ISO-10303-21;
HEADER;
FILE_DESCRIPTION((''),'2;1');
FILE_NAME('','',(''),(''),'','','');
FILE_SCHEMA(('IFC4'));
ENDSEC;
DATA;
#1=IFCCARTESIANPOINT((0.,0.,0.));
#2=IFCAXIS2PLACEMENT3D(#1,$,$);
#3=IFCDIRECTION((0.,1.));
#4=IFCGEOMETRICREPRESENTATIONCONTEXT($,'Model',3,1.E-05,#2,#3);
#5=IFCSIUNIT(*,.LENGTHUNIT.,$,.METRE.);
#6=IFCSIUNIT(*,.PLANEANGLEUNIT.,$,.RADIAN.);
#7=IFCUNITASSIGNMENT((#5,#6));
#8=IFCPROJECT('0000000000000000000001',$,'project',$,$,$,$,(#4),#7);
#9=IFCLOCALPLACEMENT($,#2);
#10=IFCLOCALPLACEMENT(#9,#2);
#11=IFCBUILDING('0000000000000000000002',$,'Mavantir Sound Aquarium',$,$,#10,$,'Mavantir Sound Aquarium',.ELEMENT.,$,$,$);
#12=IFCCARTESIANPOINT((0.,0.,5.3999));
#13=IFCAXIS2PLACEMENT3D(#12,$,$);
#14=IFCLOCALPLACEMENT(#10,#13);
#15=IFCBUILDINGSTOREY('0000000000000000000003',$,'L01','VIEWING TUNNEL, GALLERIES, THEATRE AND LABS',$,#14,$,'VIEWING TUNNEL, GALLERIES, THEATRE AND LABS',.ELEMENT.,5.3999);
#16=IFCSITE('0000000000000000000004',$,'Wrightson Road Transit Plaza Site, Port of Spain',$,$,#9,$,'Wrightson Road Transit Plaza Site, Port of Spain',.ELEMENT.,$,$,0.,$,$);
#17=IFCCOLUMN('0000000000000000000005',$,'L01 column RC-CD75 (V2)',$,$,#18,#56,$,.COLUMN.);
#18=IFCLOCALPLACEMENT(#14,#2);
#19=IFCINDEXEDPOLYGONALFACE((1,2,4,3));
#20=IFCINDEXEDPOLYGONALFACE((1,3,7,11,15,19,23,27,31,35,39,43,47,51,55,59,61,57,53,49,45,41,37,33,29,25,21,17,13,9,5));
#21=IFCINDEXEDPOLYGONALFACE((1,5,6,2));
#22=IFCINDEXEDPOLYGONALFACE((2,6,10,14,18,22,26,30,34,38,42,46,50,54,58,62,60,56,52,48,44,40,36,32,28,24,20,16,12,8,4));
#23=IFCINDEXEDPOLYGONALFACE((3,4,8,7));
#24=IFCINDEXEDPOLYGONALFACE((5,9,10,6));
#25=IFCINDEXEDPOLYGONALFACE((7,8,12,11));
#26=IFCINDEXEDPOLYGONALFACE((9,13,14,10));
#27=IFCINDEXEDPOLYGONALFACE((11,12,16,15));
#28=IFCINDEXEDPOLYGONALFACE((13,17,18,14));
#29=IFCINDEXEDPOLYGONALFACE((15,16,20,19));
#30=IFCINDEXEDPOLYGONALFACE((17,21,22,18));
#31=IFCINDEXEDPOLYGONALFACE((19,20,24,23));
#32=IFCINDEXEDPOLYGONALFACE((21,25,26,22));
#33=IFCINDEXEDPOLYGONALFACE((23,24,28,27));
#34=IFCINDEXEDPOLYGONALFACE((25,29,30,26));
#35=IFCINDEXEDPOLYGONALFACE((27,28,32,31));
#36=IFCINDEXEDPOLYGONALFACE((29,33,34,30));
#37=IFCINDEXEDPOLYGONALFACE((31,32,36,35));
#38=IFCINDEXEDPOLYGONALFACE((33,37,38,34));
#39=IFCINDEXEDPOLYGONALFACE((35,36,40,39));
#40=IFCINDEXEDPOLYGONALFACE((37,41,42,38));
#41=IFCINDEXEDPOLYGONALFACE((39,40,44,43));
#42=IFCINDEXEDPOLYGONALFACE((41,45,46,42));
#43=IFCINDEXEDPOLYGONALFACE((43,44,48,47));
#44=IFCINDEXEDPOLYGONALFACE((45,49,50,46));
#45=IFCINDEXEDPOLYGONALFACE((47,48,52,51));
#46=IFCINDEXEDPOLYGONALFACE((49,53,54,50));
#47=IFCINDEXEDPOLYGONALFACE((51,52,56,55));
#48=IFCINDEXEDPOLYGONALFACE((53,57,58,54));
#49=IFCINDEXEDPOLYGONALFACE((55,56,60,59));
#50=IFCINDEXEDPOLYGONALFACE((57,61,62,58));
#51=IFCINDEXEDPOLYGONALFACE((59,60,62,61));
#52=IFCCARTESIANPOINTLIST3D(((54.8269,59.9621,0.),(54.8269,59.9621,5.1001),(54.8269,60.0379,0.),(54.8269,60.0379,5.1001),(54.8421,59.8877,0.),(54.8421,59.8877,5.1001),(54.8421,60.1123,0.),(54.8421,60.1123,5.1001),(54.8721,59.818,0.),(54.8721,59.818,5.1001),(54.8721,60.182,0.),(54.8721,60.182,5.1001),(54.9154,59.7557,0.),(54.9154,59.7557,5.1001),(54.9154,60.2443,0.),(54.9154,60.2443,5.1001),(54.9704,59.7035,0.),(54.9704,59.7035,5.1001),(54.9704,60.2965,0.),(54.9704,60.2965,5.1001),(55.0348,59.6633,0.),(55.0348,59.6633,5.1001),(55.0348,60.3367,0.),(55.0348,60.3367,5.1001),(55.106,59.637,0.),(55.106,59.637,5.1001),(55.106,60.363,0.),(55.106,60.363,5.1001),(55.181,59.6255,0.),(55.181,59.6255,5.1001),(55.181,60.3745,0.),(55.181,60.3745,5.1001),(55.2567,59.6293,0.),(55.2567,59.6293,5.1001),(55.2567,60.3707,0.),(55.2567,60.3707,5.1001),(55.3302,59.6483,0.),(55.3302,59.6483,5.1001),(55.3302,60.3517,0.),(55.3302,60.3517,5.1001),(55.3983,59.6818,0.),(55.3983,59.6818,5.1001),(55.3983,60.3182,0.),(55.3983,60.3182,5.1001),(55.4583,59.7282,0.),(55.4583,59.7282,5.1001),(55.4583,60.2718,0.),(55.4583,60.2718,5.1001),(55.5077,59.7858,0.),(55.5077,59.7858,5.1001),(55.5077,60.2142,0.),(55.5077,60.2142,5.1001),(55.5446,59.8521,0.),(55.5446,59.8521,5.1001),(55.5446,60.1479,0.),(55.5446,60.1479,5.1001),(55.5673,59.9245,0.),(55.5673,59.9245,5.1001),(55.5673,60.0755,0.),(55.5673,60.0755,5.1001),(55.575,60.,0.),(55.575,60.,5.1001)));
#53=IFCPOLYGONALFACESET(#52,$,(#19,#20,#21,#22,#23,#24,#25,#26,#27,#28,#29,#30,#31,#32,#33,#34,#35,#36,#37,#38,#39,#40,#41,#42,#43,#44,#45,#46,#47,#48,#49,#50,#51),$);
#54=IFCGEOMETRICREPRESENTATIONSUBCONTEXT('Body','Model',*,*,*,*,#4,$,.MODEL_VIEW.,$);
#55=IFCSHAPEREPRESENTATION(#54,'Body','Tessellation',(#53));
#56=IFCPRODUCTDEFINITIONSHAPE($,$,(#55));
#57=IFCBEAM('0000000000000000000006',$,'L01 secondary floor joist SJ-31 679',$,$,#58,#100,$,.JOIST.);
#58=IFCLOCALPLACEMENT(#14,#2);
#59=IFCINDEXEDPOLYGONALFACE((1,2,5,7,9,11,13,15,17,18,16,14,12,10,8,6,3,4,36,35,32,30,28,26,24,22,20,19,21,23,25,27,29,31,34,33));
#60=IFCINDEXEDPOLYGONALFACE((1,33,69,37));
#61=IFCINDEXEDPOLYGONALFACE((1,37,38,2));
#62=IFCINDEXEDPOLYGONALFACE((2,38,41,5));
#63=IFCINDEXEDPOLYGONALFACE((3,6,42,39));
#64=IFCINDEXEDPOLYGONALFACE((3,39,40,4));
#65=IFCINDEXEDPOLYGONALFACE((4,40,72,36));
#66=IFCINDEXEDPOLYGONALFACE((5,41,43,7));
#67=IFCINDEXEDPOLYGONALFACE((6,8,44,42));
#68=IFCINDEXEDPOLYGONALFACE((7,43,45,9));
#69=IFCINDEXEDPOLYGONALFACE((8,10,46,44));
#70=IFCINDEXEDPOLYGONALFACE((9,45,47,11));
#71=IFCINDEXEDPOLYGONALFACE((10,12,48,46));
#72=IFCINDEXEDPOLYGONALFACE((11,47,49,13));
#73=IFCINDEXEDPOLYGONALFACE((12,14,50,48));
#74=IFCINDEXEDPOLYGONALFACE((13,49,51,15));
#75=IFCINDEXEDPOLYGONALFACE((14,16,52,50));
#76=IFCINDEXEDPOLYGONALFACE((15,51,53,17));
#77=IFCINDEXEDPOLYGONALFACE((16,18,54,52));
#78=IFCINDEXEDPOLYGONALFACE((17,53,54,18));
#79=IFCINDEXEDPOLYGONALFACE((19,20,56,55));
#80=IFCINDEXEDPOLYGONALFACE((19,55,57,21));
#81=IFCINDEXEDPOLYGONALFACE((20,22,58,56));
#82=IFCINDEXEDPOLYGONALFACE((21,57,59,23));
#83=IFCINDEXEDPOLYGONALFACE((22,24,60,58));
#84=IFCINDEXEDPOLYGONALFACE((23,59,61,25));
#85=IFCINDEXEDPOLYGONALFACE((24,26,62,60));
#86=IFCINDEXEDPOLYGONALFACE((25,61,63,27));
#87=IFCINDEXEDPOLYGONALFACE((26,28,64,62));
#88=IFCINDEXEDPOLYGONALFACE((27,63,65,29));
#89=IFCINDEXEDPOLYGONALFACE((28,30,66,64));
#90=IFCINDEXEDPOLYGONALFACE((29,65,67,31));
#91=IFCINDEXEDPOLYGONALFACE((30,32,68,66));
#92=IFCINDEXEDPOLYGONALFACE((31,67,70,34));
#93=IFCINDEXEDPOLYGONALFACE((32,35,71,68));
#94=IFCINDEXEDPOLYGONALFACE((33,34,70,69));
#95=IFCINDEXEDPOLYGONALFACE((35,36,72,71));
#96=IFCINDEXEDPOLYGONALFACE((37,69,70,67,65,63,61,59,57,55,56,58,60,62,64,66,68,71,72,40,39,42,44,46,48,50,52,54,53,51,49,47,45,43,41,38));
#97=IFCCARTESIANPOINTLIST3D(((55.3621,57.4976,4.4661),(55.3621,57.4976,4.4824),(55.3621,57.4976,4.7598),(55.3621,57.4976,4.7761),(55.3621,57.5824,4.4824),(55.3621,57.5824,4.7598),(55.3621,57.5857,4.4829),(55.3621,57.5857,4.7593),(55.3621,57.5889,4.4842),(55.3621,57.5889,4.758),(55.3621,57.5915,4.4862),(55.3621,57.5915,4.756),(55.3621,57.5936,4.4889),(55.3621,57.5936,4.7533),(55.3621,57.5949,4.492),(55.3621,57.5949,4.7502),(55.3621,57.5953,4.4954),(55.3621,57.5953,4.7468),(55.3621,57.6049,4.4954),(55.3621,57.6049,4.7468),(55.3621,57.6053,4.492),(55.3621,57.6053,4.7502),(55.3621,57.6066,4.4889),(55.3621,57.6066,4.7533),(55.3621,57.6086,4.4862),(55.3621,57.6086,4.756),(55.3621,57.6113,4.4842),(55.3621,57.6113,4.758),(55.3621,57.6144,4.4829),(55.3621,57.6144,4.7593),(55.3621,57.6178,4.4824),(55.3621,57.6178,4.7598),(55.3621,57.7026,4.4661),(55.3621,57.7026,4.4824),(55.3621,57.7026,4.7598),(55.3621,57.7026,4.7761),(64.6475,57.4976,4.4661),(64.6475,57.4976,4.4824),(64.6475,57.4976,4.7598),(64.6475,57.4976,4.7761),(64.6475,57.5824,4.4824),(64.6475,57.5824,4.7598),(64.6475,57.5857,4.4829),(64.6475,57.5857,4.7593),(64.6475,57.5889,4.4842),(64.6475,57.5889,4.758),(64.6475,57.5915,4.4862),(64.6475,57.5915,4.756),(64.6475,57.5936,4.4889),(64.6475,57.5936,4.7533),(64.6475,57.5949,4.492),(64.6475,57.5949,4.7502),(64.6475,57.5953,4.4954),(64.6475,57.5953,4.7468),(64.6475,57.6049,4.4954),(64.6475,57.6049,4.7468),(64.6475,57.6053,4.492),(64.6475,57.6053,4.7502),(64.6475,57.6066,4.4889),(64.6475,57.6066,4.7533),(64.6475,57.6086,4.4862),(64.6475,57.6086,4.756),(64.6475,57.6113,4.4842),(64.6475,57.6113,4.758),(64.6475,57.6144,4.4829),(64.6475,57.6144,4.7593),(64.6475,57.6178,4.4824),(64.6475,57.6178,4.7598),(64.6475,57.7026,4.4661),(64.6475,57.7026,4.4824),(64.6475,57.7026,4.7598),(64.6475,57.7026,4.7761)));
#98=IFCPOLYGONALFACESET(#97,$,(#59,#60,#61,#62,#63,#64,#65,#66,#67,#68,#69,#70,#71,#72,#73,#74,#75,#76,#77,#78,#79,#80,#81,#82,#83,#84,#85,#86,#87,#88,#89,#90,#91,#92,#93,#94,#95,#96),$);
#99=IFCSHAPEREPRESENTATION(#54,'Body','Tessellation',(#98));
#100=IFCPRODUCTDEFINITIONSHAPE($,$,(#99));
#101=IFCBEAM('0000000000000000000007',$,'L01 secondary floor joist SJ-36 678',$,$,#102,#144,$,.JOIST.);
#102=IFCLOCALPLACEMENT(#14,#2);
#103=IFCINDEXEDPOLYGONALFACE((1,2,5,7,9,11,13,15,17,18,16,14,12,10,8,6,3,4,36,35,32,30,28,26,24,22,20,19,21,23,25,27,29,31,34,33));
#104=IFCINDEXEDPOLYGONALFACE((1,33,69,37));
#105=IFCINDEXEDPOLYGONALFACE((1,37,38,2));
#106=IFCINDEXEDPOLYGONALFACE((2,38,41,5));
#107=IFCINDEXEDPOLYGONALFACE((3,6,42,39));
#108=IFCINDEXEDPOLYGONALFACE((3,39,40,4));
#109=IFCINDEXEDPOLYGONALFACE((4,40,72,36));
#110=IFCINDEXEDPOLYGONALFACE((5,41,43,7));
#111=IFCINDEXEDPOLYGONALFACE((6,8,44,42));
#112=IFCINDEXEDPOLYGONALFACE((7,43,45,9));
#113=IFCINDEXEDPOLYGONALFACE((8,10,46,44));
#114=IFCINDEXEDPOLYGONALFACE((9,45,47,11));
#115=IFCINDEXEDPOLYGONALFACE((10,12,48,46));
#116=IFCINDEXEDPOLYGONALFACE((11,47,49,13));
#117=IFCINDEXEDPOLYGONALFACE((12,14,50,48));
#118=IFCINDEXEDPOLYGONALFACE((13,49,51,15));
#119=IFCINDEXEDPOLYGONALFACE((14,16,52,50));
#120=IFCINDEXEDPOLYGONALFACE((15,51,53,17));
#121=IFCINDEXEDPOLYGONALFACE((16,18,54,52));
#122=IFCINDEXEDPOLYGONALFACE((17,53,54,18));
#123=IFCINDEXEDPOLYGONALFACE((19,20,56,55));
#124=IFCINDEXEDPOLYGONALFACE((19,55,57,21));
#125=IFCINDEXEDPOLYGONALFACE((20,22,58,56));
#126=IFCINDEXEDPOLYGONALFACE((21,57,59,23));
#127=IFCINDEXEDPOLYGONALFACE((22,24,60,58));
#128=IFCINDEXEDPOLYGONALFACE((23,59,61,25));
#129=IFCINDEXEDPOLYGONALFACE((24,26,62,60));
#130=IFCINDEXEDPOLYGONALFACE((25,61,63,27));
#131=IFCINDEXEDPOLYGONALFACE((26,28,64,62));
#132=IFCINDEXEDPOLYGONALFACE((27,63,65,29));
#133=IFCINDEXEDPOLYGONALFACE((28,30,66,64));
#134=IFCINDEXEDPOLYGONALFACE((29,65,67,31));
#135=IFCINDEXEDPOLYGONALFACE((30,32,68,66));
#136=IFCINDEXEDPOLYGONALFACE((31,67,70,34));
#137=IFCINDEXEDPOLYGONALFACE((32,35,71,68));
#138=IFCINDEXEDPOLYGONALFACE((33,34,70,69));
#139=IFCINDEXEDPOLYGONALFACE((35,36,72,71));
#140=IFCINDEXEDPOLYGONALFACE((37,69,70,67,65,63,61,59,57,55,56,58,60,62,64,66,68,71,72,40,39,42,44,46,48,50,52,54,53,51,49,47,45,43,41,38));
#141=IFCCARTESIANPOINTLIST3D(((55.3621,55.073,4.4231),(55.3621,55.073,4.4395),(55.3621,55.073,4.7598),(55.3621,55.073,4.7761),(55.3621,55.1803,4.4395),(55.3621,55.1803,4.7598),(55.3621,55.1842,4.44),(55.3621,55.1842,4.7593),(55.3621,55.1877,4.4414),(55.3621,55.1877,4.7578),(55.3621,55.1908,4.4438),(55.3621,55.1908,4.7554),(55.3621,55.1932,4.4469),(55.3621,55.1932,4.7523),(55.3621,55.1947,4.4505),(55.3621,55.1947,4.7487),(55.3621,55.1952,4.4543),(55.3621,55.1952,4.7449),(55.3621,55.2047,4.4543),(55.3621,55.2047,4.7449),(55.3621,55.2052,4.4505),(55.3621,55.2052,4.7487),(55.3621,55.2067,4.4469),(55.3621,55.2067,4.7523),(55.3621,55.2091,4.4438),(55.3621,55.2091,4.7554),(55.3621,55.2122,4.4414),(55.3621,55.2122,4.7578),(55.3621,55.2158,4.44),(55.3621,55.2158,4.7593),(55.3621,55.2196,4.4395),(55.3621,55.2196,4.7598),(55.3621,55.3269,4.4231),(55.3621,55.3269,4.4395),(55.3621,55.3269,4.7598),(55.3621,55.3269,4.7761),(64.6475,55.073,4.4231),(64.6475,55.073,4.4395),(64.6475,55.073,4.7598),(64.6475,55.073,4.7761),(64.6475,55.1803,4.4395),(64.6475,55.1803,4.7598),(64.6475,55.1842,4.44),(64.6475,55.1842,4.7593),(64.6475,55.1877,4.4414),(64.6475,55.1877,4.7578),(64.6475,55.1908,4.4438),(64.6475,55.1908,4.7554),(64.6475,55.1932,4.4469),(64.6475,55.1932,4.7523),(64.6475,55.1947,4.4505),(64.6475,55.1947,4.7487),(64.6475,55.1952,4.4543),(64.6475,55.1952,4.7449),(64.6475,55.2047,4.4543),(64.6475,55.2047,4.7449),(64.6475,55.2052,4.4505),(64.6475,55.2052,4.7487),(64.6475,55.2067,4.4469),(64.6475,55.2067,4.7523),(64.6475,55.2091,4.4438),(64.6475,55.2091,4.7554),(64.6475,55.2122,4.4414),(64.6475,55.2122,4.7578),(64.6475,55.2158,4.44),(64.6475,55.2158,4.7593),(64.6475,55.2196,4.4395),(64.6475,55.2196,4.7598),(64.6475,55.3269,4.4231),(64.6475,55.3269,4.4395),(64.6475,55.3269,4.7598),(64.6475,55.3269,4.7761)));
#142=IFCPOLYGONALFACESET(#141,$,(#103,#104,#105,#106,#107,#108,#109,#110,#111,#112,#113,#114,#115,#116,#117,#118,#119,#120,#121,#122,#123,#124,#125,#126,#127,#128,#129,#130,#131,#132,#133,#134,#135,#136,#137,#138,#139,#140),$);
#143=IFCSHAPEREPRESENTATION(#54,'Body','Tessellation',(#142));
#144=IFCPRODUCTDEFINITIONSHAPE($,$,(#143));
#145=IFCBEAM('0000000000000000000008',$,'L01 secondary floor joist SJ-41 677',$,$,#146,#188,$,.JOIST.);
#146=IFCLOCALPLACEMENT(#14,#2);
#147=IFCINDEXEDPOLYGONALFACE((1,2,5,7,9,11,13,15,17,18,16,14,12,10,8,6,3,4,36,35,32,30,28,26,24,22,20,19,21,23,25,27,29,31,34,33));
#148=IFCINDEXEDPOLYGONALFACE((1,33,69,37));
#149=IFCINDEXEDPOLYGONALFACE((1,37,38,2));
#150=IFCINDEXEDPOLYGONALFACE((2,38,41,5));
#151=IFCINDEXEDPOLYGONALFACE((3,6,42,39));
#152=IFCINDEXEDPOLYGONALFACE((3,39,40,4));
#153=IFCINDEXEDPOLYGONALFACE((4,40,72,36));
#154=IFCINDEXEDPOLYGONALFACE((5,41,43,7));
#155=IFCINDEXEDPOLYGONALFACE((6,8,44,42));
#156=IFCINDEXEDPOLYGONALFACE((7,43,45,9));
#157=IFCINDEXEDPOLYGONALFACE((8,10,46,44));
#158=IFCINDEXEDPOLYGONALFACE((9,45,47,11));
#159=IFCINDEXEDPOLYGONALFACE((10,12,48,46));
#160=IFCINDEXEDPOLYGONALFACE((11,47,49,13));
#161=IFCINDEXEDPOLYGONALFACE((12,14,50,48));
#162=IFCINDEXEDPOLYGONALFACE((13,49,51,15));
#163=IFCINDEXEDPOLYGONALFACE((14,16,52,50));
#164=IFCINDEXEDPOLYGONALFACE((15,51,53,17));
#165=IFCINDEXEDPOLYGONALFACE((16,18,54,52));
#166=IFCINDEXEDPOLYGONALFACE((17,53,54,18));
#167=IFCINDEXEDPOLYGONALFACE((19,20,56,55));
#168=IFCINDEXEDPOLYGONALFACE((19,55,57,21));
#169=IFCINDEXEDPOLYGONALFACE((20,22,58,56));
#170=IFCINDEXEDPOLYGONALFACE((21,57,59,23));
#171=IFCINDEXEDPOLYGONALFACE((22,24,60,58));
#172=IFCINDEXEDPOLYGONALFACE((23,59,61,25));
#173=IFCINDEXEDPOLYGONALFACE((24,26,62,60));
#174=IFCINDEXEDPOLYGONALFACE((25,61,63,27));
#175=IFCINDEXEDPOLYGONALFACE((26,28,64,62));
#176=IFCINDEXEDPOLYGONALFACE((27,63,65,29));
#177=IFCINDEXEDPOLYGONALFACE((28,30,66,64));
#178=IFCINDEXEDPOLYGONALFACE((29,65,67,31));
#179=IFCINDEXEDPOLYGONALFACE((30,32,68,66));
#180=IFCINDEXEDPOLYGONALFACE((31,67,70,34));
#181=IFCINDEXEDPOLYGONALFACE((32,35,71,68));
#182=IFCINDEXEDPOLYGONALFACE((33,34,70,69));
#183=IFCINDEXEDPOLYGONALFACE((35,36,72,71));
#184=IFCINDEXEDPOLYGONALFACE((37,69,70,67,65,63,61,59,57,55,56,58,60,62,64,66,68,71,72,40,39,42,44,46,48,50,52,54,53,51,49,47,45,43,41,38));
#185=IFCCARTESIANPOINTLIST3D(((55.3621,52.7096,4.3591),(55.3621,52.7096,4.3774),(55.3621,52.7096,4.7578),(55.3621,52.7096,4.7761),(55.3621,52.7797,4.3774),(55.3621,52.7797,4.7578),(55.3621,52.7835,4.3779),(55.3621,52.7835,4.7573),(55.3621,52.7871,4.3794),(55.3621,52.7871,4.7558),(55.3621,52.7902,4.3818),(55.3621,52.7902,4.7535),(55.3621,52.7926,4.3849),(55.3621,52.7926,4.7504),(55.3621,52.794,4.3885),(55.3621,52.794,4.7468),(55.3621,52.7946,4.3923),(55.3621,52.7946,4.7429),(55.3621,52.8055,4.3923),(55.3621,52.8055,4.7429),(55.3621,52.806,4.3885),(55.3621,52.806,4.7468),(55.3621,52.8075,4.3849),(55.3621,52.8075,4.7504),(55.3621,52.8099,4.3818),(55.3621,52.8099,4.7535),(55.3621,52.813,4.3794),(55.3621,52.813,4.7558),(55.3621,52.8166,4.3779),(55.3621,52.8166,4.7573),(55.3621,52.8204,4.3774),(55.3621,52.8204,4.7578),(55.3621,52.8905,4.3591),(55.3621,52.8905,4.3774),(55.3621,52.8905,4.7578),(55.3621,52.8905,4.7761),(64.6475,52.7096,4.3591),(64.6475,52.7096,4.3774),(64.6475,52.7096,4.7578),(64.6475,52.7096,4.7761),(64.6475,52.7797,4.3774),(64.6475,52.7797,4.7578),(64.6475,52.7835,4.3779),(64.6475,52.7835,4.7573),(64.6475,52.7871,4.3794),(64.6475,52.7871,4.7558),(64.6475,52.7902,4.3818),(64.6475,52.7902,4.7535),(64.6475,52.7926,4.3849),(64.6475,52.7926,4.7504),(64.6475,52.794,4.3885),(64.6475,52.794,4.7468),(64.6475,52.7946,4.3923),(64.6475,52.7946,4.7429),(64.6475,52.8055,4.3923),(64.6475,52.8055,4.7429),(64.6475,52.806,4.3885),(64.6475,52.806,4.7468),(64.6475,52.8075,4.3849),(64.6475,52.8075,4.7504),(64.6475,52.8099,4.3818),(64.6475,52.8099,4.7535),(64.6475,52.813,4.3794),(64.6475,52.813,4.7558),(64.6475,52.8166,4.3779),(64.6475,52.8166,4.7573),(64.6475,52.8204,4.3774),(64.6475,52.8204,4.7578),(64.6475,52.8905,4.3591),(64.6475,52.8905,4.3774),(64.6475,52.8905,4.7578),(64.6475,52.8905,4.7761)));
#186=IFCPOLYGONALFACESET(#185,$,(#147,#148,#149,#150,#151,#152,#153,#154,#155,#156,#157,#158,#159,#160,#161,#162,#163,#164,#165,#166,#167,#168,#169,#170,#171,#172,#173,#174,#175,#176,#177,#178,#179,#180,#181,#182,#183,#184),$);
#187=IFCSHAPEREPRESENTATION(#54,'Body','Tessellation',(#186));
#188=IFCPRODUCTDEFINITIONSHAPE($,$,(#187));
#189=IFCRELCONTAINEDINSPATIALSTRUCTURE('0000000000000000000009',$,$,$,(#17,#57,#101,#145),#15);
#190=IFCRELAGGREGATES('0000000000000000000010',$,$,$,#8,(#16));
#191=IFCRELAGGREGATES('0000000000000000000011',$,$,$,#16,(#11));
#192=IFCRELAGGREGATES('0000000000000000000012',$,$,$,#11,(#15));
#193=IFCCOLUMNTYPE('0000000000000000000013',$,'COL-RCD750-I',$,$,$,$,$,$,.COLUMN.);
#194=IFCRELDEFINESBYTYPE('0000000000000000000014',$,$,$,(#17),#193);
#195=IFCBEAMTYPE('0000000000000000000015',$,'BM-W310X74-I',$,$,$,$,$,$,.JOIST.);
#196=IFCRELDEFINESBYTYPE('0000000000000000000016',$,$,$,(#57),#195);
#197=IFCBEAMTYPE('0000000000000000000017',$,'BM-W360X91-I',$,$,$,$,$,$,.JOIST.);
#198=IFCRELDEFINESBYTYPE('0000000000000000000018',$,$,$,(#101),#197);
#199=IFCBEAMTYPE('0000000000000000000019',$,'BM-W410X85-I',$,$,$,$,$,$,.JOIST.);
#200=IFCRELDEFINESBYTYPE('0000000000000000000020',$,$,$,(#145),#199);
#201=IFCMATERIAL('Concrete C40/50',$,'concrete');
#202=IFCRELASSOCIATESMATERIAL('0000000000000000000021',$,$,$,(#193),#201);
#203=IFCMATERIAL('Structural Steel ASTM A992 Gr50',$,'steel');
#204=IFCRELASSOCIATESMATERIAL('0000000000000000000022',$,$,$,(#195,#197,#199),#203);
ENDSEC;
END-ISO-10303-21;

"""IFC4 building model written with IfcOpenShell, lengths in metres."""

from ifc_helpers import new_model, si_unit, direction, frame, origin, origin_2d, place, context, subcontext, project, spatial, circle, i_section, extrude, material, material_profile, profile_set, type_object, element, save


model = new_model("IFC4")

# Units and contexts
model_context = context("Model", 3, precision=1e-05, world=origin(), true_north=direction((0.0, 1.0)))
body_context = subcontext(model_context, "Body", "Model", "MODEL_VIEW")
ifc_project = project(units=[si_unit("LENGTHUNIT", "METRE"), si_unit("PLANEANGLEUNIT", "RADIAN")], contexts=[model_context])

# Site, building, storey
site_placement = place(None, origin())
site = spatial("IfcSite", under=ifc_project, at=site_placement, Name="Wrightson Road Transit Plaza Site, Port of Spain", LongName="Wrightson Road Transit Plaza Site, Port of Spain", CompositionType="ELEMENT", RefElevation=0.0)
building_placement = place(site_placement, origin())
building = spatial("IfcBuilding", under=site, at=building_placement, Name="Mavantir Sound Aquarium", LongName="Mavantir Sound Aquarium", CompositionType="ELEMENT")
storey_placement = place(building_placement, frame((0.0, 0.0, 5.3999)))
storey = spatial("IfcBuildingStorey", under=building, at=storey_placement, Name="L01", Description="VIEWING TUNNEL, GALLERIES, THEATRE AND LABS", LongName="VIEWING TUNNEL, GALLERIES, THEATRE AND LABS", CompositionType="ELEMENT", Elevation=5.3999)

# Column
ifc_material_1 = material(Name="Concrete C40/50", Category="concrete")
ifc_material_profile_1 = material_profile(ifc_material_1, circle(Radius=0.375, at=origin_2d()), Name="RC D750")
ifc_profile_set_1 = profile_set([ifc_material_profile_1], Name="Concrete C40/50")
column_type = type_object("IfcColumnType", Name="COL-RCD750-I", PredefinedType="COLUMN", material=ifc_profile_set_1)
column_placement = place(storey_placement, frame((55.2, 60.0, 0.0), z_axis=(0.0, 0.0, 1.0), x_axis=(1.0, 0.0, 0.0)))
element("IfcColumn", 1, at=column_placement, inside=storey, type_object=column_type, Name="L01 column RC-CD75 (V2)", PredefinedType="COLUMN", context=body_context, shape_type="SweptSolid", body=[
    extrude(circle(Radius=0.375, at=origin_2d()), origin(), (0.0, 0.0, 1.0), 5.1001),
])

# Beams
ifc_material_2 = material(Name="Structural Steel ASTM A992 Gr50", Category="steel")
ifc_material_profile_2 = material_profile(ifc_material_2, i_section(OverallWidth=0.2051, OverallDepth=0.3101, WebThickness=0.0095, FlangeThickness=0.0164, FilletRadius=0.0129, at=origin_2d()), Name="W310X74")
ifc_profile_set_2 = profile_set([ifc_material_profile_2], Name="Structural Steel ASTM A992 Gr50")
beam_type_1 = type_object("IfcBeamType", Name="BM-W310X74-I", PredefinedType="JOIST", material=ifc_profile_set_2)
beam_1_placement = place(storey_placement, frame((55.3621, 57.6001, 4.6211), z_axis=(1.0, 0.0, 0.0), x_axis=(0.0, 1.0, 0.0)))
element("IfcBeam", 2, at=beam_1_placement, inside=storey, type_object=beam_type_1, Name="L01 secondary floor joist SJ-31 679", PredefinedType="JOIST", context=body_context, shape_type="SweptSolid", body=[
    extrude(i_section(OverallWidth=0.2051, OverallDepth=0.3101, WebThickness=0.0095, FlangeThickness=0.0164, FilletRadius=0.0129, at=origin_2d()), origin(), (0.0, 0.0, 1.0), 9.2854),
])
ifc_material_profile_3 = material_profile(ifc_material_2, i_section(OverallWidth=0.2539, OverallDepth=0.353, WebThickness=0.0095, FlangeThickness=0.0164, FilletRadius=0.0149, at=origin_2d()), Name="W360X91")
ifc_profile_set_3 = profile_set([ifc_material_profile_3], Name="Structural Steel ASTM A992 Gr50")
beam_type_2 = type_object("IfcBeamType", Name="BM-W360X91-I", PredefinedType="JOIST", material=ifc_profile_set_3)
beam_2_placement = place(storey_placement, frame((55.3621, 55.2, 4.5996), z_axis=(1.0, 0.0, 0.0), x_axis=(0.0, 1.0, 0.0)))
element("IfcBeam", 3, at=beam_2_placement, inside=storey, type_object=beam_type_2, Name="L01 secondary floor joist SJ-36 678", PredefinedType="JOIST", context=body_context, shape_type="SweptSolid", body=[
    extrude(i_section(OverallWidth=0.2539, OverallDepth=0.353, WebThickness=0.0095, FlangeThickness=0.0164, FilletRadius=0.0149, at=origin_2d()), origin(), (0.0, 0.0, 1.0), 9.2854),
])
ifc_material_profile_4 = material_profile(ifc_material_2, i_section(OverallWidth=0.1809, OverallDepth=0.417, WebThickness=0.011, FlangeThickness=0.0183, FilletRadius=0.0149, at=origin_2d()), Name="W410X85")
ifc_profile_set_4 = profile_set([ifc_material_profile_4], Name="Structural Steel ASTM A992 Gr50")
beam_type_3 = type_object("IfcBeamType", Name="BM-W410X85-I", PredefinedType="JOIST", material=ifc_profile_set_4)
beam_3_placement = place(storey_placement, frame((55.3621, 52.8, 4.5676), z_axis=(1.0, 0.0, 0.0), x_axis=(0.0, 1.0, 0.0)))
element("IfcBeam", 4, at=beam_3_placement, inside=storey, type_object=beam_type_3, Name="L01 secondary floor joist SJ-41 677", PredefinedType="JOIST", context=body_context, shape_type="SweptSolid", body=[
    extrude(i_section(OverallWidth=0.1809, OverallDepth=0.417, WebThickness=0.011, FlangeThickness=0.0183, FilletRadius=0.0149, at=origin_2d()), origin(), (0.0, 0.0, 1.0), 9.2854),
])

save(model, "model.ifc")
